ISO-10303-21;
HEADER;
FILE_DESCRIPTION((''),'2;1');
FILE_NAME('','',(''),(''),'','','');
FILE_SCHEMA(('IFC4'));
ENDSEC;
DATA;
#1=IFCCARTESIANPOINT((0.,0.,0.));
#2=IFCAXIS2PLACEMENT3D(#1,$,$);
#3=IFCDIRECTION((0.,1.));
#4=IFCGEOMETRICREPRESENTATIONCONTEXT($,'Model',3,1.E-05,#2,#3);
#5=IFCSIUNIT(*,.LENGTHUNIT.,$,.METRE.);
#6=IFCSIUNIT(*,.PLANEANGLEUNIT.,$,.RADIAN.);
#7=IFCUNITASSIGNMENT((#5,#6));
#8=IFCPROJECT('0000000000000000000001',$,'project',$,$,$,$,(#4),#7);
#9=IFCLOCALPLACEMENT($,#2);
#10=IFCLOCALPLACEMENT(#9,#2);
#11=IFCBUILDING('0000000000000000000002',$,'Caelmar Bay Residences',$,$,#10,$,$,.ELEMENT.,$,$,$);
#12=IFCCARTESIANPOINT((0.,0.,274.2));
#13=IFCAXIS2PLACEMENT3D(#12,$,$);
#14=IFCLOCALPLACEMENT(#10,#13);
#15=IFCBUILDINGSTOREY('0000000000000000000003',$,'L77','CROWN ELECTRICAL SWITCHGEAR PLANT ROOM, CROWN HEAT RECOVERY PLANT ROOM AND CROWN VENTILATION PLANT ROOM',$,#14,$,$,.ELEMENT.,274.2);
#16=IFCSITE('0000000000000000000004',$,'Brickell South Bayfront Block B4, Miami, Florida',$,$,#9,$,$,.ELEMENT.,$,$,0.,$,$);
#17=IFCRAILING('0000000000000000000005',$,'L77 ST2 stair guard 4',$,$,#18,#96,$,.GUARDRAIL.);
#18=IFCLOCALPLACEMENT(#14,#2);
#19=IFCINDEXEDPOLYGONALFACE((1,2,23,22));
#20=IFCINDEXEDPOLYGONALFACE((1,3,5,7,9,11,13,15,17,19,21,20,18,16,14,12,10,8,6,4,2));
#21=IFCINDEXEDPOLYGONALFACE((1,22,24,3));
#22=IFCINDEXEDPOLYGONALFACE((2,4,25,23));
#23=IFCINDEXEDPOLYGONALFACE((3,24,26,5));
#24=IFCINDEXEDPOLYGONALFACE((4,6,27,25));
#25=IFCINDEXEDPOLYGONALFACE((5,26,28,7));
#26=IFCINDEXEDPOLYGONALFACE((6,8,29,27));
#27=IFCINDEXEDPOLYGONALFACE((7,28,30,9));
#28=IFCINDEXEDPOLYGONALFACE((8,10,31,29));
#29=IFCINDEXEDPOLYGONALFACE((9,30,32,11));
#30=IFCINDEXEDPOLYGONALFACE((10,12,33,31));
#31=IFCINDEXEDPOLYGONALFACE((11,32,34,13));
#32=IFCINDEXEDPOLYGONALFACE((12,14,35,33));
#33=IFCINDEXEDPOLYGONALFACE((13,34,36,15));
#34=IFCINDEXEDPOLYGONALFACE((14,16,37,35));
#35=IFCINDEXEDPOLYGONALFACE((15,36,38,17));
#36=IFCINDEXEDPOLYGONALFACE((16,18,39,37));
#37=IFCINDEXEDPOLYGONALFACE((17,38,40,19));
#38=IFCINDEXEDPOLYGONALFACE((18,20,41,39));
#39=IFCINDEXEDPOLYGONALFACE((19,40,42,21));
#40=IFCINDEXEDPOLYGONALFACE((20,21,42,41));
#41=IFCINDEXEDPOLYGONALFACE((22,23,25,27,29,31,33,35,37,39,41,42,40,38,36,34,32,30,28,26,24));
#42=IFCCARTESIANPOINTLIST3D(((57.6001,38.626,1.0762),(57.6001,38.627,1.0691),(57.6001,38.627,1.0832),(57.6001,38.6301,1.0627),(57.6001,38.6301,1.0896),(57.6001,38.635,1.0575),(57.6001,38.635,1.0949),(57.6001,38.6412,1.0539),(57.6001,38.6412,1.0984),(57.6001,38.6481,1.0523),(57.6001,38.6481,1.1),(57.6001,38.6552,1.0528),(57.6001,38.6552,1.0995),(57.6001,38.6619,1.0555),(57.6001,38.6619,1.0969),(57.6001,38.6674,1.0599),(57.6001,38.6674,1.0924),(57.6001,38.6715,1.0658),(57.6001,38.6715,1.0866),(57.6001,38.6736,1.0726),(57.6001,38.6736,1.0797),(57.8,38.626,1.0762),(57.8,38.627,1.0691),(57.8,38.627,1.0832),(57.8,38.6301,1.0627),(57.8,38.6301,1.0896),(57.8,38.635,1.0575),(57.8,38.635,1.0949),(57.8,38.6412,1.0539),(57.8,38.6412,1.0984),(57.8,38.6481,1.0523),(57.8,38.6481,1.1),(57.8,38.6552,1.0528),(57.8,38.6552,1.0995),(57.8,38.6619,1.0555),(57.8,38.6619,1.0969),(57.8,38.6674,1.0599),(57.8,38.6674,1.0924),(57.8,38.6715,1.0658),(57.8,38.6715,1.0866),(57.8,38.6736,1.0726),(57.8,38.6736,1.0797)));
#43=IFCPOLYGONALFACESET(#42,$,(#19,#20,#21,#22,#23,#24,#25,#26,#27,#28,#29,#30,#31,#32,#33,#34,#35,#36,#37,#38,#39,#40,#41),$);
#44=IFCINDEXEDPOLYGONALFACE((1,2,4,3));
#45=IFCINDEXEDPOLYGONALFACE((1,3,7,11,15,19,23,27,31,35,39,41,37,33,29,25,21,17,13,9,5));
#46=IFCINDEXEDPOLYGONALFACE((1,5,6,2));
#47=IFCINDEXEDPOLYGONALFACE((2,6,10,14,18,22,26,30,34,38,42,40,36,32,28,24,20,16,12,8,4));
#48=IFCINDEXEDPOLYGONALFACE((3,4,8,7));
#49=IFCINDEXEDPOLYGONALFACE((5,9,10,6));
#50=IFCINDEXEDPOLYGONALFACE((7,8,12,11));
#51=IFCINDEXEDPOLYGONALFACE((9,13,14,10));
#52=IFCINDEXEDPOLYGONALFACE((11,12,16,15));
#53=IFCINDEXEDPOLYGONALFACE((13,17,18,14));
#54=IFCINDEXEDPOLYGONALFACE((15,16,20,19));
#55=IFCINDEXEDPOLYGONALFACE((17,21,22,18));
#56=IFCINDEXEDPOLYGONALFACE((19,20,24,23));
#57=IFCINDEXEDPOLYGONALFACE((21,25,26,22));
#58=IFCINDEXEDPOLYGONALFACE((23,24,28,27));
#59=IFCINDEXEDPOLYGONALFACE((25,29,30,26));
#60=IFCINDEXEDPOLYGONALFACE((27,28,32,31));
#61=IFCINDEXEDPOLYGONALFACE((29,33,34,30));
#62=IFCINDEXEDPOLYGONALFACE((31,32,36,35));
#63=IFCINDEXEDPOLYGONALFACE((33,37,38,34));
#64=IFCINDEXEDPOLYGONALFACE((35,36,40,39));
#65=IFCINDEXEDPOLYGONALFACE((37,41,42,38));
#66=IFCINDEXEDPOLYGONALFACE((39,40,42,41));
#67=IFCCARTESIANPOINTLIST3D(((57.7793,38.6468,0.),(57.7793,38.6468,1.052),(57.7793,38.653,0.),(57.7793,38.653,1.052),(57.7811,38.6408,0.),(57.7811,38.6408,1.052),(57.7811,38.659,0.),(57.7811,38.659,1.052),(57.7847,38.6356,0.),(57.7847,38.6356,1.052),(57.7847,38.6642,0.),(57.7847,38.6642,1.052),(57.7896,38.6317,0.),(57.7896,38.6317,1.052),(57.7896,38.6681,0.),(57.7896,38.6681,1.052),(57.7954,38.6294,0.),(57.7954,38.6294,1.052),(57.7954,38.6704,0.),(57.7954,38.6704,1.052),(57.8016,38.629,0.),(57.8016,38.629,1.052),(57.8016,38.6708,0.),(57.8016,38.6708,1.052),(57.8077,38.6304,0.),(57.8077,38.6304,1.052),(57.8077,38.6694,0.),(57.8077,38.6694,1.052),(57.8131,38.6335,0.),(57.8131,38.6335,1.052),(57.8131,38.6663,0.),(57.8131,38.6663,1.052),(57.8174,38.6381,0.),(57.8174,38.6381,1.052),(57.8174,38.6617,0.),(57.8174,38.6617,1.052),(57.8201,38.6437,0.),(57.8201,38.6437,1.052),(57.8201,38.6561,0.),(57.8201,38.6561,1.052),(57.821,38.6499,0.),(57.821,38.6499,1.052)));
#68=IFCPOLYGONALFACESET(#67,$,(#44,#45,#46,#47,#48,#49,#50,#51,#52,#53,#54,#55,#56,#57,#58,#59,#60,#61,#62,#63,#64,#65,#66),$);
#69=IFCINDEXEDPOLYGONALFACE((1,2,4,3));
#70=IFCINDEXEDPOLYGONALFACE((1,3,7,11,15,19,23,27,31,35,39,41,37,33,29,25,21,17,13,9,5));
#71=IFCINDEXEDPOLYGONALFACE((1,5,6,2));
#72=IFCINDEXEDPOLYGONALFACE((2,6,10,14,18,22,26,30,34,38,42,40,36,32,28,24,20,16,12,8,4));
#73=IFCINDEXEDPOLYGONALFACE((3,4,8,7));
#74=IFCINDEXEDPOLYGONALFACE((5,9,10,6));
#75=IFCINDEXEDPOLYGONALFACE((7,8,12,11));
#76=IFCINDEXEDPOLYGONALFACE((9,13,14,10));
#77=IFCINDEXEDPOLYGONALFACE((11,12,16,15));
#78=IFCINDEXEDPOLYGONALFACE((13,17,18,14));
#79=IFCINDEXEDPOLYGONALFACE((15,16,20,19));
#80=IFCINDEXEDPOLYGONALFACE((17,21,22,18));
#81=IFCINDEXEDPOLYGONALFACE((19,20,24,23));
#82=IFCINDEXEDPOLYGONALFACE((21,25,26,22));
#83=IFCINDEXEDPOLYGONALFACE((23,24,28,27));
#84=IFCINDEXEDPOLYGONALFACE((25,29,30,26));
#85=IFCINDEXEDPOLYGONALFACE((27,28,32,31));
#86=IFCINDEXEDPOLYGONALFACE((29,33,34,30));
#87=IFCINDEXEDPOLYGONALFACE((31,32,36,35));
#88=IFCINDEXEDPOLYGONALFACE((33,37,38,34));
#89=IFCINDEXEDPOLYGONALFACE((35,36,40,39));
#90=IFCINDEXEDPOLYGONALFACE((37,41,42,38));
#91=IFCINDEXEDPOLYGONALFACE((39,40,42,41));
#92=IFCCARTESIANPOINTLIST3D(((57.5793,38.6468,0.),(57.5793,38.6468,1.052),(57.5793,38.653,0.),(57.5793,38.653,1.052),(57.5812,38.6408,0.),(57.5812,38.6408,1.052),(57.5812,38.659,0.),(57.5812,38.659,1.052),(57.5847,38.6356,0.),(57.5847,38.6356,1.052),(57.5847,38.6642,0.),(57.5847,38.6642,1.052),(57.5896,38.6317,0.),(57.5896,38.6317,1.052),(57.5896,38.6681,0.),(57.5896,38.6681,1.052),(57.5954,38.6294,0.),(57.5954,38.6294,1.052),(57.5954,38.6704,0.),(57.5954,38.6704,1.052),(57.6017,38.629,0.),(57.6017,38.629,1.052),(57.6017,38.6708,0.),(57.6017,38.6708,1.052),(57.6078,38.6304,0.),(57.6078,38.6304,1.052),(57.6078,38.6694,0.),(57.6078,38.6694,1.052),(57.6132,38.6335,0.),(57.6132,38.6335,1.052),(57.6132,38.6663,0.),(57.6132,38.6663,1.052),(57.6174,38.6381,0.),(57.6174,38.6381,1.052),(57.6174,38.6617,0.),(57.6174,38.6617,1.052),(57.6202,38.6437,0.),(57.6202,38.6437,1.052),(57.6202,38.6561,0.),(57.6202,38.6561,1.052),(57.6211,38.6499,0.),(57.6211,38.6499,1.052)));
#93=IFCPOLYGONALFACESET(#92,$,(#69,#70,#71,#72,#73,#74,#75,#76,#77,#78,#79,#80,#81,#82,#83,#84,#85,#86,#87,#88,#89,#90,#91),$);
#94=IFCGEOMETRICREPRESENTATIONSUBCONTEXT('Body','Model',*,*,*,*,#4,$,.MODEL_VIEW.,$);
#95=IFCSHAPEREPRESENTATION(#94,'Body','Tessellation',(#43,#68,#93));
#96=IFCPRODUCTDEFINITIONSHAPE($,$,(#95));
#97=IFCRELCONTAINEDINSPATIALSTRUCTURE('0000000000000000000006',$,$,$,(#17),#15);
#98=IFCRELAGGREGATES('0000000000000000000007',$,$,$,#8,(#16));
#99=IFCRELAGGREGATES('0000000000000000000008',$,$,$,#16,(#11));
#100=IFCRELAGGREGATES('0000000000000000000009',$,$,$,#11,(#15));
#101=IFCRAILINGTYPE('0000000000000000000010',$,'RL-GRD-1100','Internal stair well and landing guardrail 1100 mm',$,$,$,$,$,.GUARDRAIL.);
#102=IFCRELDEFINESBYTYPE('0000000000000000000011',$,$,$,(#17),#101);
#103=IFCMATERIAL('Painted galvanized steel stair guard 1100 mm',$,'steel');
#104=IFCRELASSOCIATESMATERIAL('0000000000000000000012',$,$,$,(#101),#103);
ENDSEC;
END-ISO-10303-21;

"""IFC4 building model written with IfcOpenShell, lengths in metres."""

from ifc_helpers import new_model, si_unit, direction, frame, origin, origin_2d, place, context, subcontext, project, spatial, circle, extrude, material, type_object, element, save


model = new_model("IFC4")

# Units and contexts
model_context = context("Model", 3, precision=1e-05, world=origin(), true_north=direction((0.0, 1.0)))
body_context = subcontext(model_context, "Body", "Model", "MODEL_VIEW")
ifc_project = project(units=[si_unit("LENGTHUNIT", "METRE"), si_unit("PLANEANGLEUNIT", "RADIAN")], contexts=[model_context])

# Site, building, storey
site_placement = place(None, origin())
site = spatial("IfcSite", under=ifc_project, at=site_placement, Name="Brickell South Bayfront Block B4, Miami, Florida", CompositionType="ELEMENT", RefElevation=0.0)
building_placement = place(site_placement, origin())
building = spatial("IfcBuilding", under=site, at=building_placement, Name="Caelmar Bay Residences", CompositionType="ELEMENT")
storey_placement = place(building_placement, frame((0.0, 0.0, 274.2)))
storey = spatial("IfcBuildingStorey", under=building, at=storey_placement, Name="L77", Description="CROWN ELECTRICAL SWITCHGEAR PLANT ROOM, CROWN HEAT RECOVERY PLANT ROOM AND CROWN VENTILATION PLANT ROOM", CompositionType="ELEMENT", Elevation=274.2)

# Railing
ifc_material_1 = material(Name="Painted galvanized steel stair guard 1100 mm", Category="steel")
railing_type_1 = type_object("IfcRailingType", Name="RL-GRD-1100", Description="Internal stair well and landing guardrail 1100 mm", PredefinedType="GUARDRAIL", material=ifc_material_1)
railing_1_placement = place(storey_placement, frame((57.8, 38.6499, 0.0)))
element("IfcRailing", 1, at=railing_1_placement, inside=storey, type_object=railing_type_1, Name="L77 ST2 stair guard 4", PredefinedType="GUARDRAIL", context=body_context, shape_type="SweptSolid", body=[
    extrude(circle(Radius=0.0239, at=origin_2d()), frame((0.0, 0.0, 1.0762), z_axis=(-1.0, 0.0, 0.0), x_axis=(0.0, -1.0, 0.0)), (0.0, 0.0, 1.0), 0.2),
    extrude(circle(Radius=0.021, at=origin_2d()), origin(), (0.0, 0.0, 1.0), 1.052),
    extrude(circle(Radius=0.021, at=origin_2d()), frame((-0.2, 0.0, 0.0)), (0.0, 0.0, 1.0), 1.052),
])

save(model, "model.ifc")
